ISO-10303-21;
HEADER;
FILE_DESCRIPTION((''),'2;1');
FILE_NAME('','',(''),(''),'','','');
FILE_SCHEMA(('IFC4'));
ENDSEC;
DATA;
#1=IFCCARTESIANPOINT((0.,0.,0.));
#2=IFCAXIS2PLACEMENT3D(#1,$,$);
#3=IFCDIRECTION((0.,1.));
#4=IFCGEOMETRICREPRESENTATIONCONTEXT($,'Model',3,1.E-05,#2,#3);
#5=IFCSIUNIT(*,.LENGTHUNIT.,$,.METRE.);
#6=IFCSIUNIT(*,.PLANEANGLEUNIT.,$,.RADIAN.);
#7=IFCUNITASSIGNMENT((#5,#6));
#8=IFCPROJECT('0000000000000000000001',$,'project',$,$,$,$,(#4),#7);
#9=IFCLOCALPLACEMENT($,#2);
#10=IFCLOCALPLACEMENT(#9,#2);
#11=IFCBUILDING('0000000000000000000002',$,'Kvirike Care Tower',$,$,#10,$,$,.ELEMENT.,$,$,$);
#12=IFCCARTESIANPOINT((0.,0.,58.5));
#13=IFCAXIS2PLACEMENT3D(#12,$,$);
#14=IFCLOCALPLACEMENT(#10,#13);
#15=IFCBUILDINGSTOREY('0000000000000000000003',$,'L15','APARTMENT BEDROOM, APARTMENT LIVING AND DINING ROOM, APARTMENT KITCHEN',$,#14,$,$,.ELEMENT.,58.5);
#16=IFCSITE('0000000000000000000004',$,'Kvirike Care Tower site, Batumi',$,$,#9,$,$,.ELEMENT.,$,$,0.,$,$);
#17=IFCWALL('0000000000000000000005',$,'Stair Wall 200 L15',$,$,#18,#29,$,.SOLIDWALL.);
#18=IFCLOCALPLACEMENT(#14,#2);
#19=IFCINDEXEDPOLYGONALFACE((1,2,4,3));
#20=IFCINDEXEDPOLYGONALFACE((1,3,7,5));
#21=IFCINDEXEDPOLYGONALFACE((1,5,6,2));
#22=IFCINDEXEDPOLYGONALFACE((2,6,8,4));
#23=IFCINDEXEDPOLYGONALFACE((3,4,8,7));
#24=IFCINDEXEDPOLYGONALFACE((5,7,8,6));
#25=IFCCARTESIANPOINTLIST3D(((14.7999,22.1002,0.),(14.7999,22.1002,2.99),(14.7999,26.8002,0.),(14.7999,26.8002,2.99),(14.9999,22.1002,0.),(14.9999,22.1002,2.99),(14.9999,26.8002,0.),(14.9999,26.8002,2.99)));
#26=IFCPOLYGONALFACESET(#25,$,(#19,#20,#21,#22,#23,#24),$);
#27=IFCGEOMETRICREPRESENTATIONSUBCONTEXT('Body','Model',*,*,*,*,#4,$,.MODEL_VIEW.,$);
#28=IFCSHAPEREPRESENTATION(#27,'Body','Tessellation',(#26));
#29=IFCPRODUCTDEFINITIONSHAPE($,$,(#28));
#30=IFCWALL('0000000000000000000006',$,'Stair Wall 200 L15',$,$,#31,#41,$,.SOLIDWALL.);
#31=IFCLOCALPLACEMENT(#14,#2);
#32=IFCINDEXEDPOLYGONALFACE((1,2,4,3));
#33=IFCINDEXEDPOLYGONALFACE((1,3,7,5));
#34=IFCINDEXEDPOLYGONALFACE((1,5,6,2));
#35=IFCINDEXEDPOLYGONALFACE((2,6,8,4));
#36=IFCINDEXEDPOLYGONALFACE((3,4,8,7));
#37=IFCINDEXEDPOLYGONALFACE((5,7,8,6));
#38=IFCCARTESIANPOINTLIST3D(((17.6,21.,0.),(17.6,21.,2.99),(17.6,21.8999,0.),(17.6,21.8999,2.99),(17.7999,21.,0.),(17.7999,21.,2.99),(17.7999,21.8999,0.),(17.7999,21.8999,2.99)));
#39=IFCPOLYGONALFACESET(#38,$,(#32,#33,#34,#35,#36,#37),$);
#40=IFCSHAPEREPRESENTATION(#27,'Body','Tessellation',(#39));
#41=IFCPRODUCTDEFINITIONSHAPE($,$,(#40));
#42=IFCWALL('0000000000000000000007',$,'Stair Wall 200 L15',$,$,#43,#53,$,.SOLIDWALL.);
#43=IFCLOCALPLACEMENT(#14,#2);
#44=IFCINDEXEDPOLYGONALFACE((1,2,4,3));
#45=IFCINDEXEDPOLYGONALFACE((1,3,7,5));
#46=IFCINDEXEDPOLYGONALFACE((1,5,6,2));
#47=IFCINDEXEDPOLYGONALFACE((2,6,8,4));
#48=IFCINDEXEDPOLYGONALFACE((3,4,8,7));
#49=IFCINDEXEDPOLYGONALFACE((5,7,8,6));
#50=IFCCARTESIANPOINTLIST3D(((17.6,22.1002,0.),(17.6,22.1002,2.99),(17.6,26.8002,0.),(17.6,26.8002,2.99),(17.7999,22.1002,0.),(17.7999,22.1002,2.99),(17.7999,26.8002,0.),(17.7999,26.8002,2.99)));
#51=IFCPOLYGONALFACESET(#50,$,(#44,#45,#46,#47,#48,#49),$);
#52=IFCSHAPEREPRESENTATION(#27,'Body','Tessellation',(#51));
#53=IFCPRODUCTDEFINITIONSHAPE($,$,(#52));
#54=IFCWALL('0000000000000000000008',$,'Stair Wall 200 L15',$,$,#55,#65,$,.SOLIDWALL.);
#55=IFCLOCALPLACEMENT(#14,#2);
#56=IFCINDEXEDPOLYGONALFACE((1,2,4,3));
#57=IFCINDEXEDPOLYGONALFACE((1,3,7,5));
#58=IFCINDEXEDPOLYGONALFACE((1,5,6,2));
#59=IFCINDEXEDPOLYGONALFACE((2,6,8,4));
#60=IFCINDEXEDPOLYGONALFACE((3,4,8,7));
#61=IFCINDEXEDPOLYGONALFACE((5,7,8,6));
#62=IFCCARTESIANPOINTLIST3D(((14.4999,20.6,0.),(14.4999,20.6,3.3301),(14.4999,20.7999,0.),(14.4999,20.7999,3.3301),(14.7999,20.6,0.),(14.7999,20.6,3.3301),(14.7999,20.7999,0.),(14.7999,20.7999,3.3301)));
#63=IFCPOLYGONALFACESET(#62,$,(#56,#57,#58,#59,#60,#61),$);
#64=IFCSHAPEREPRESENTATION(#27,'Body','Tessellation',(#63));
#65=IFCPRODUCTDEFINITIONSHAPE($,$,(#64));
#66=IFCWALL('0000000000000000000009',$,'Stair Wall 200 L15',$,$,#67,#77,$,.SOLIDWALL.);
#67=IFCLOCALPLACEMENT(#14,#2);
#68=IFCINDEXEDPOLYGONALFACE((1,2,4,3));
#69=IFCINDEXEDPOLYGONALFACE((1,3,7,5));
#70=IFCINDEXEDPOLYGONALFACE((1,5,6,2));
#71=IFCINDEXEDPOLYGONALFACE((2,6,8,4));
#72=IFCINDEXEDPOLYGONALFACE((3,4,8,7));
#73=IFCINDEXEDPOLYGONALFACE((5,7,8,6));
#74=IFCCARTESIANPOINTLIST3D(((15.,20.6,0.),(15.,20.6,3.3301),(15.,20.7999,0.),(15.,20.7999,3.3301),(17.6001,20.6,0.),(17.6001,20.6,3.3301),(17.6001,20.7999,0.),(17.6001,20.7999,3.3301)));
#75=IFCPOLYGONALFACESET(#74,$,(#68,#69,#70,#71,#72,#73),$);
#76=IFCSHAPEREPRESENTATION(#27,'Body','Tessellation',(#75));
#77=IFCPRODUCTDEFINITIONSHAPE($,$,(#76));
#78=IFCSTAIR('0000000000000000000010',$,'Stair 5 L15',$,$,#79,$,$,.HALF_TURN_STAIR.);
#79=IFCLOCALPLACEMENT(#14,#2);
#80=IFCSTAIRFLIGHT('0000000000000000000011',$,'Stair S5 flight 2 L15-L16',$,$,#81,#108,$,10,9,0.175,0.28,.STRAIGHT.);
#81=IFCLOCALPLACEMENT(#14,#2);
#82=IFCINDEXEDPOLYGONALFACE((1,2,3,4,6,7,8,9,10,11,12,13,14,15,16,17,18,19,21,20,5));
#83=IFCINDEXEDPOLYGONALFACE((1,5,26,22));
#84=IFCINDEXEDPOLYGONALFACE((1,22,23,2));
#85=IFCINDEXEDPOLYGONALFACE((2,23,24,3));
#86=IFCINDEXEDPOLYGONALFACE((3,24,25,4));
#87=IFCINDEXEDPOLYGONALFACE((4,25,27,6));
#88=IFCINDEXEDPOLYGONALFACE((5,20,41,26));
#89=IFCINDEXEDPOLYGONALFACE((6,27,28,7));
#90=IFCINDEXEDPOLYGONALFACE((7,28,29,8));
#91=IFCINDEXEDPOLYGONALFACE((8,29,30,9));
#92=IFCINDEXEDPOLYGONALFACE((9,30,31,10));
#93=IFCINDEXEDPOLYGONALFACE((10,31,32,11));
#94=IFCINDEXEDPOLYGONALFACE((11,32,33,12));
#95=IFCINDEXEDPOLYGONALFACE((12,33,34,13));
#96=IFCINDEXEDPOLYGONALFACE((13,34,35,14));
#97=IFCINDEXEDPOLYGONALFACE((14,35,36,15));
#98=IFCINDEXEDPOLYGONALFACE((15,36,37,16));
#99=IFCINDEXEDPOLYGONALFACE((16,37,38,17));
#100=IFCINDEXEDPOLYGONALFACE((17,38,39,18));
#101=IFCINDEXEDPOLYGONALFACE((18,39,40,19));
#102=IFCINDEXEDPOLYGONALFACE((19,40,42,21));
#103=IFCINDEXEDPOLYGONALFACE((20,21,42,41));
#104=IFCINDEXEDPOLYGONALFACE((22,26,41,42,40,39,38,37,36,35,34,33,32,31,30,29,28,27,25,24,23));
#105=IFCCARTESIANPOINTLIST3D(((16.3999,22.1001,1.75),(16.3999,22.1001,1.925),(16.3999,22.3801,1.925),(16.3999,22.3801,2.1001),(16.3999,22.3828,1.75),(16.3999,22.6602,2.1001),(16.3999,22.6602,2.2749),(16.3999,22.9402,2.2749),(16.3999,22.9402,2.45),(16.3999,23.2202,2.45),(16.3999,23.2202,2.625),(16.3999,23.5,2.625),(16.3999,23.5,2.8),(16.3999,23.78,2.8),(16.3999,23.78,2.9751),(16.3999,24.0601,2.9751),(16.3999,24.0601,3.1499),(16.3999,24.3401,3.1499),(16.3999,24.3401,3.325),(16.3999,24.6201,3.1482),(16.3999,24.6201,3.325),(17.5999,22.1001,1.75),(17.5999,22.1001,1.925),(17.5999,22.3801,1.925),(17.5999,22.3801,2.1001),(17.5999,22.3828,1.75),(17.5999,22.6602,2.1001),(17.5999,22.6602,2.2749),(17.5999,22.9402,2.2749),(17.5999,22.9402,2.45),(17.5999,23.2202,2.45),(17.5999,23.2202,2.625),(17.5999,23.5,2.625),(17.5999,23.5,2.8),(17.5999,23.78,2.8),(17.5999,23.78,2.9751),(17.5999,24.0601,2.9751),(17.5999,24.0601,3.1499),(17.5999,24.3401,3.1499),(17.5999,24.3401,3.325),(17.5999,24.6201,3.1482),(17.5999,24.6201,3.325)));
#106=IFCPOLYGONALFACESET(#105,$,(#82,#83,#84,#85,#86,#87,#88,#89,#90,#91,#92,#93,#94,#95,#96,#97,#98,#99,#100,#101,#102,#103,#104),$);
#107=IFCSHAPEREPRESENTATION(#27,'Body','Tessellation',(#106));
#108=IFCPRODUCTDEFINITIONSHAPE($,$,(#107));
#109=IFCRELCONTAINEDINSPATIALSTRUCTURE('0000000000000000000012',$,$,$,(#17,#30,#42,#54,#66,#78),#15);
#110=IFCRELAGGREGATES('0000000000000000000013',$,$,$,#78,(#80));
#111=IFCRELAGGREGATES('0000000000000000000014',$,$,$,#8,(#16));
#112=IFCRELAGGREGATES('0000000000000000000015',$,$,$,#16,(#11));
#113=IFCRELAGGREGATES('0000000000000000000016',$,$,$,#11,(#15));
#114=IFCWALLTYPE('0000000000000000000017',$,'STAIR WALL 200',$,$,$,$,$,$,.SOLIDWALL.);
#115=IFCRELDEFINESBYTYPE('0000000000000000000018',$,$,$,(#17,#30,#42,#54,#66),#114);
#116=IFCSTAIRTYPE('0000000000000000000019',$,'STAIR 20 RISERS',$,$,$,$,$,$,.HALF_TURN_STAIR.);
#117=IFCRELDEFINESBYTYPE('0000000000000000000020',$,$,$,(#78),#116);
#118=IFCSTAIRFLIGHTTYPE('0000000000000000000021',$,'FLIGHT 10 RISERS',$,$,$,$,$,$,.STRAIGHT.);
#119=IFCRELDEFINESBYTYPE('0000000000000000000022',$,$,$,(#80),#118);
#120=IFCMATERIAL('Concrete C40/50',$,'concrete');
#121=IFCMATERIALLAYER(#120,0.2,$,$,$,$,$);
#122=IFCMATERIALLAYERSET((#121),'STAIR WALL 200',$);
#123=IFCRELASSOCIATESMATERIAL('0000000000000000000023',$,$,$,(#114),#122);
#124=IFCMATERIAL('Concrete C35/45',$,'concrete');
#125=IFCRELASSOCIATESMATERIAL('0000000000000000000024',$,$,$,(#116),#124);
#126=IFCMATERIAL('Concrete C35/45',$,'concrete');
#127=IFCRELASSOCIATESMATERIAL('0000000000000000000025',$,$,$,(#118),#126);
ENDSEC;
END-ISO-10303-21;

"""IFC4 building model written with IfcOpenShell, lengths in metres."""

from ifc_helpers import new_model, si_unit, direction, frame, frame_2d, origin, place, context, subcontext, project, spatial, polyline, rectangle, outline, extrude, material, layer, layer_set, type_object, element, aggregate, save


model = new_model("IFC4")

# Units and contexts
model_context = context("Model", 3, precision=1e-05, world=origin(), true_north=direction((0.0, 1.0)))
body_context = subcontext(model_context, "Body", "Model", "MODEL_VIEW")
ifc_project = project(units=[si_unit("LENGTHUNIT", "METRE"), si_unit("PLANEANGLEUNIT", "RADIAN")], contexts=[model_context])

# Site, building, storey
site_placement = place(None, origin())
site = spatial("IfcSite", under=ifc_project, at=site_placement, Name="Kvirike Care Tower site, Batumi", CompositionType="ELEMENT", RefElevation=0.0)
building_placement = place(site_placement, origin())
building = spatial("IfcBuilding", under=site, at=building_placement, Name="Kvirike Care Tower", CompositionType="ELEMENT")
storey_placement = place(building_placement, frame((0.0, 0.0, 58.5)))
storey = spatial("IfcBuildingStorey", under=building, at=storey_placement, Name="L15", Description="APARTMENT BEDROOM, APARTMENT LIVING AND DINING ROOM, APARTMENT KITCHEN", CompositionType="ELEMENT", Elevation=58.5)

# Walls
ifc_material_1 = material(Name="Concrete C40/50", Category="concrete")
ifc_layer_1 = layer(ifc_material_1, 0.2)
ifc_layer_set_1 = layer_set([ifc_layer_1], Name="STAIR WALL 200")
wall_type_1 = type_object("IfcWallType", Name="STAIR WALL 200", PredefinedType="SOLIDWALL", material=ifc_layer_set_1)
wall_1_placement = place(storey_placement, frame((14.8999, 22.1001, 0.0), z_axis=(0.0, 0.0, 1.0), x_axis=(0.0, 1.0, 0.0)))
element("IfcWall", 1, at=wall_1_placement, inside=storey, type_object=wall_type_1, Name="Stair Wall 200 L15", PredefinedType="SOLIDWALL", context=body_context, shape_type="SweptSolid", body=[
    extrude(rectangle(XDim=4.7, YDim=0.2, at=frame_2d((2.3501, 0.0))), origin(), (0.0, 0.0, 1.0), 2.99),
])
wall_2_placement = place(storey_placement, frame((17.7, 21.0, 0.0), z_axis=(0.0, 0.0, 1.0), x_axis=(0.0, 1.0, 0.0)))
element("IfcWall", 2, at=wall_2_placement, inside=storey, type_object=wall_type_1, Name="Stair Wall 200 L15", PredefinedType="SOLIDWALL", context=body_context, shape_type="SweptSolid", body=[
    extrude(rectangle(XDim=0.8999, YDim=0.2, at=frame_2d((0.45, 0.0))), origin(), (0.0, 0.0, 1.0), 2.99),
])
wall_3_placement = place(storey_placement, frame((17.7, 22.1001, 0.0), z_axis=(0.0, 0.0, 1.0), x_axis=(0.0, 1.0, 0.0)))
element("IfcWall", 3, at=wall_3_placement, inside=storey, type_object=wall_type_1, Name="Stair Wall 200 L15", PredefinedType="SOLIDWALL", context=body_context, shape_type="SweptSolid", body=[
    extrude(rectangle(XDim=4.7, YDim=0.2, at=frame_2d((2.3501, 0.0))), origin(), (0.0, 0.0, 1.0), 2.99),
])
wall_4_placement = place(storey_placement, frame((14.5, 20.7, 0.0), z_axis=(0.0, 0.0, 1.0), x_axis=(1.0, 0.0, 0.0)))
element("IfcWall", 4, at=wall_4_placement, inside=storey, type_object=wall_type_1, Name="Stair Wall 200 L15", PredefinedType="SOLIDWALL", context=body_context, shape_type="SweptSolid", body=[
    extrude(rectangle(XDim=0.3, YDim=0.2, at=frame_2d((0.1499, 0.0))), origin(), (0.0, 0.0, 1.0), 3.3301),
])
wall_5_placement = place(storey_placement, frame((15.0, 20.7, 0.0), z_axis=(0.0, 0.0, 1.0), x_axis=(1.0, 0.0, 0.0)))
element("IfcWall", 5, at=wall_5_placement, inside=storey, type_object=wall_type_1, Name="Stair Wall 200 L15", PredefinedType="SOLIDWALL", context=body_context, shape_type="SweptSolid", body=[
    extrude(rectangle(XDim=2.6001, YDim=0.2, at=frame_2d((1.3, 0.0))), origin(), (0.0, 0.0, 1.0), 3.3301),
])

# Stair, stair flight
ifc_material_2 = material(Name="Concrete C35/45", Category="concrete")
stair_type = type_object("IfcStairType", Name="STAIR 20 RISERS", PredefinedType="HALF_TURN_STAIR", material=ifc_material_2)
stair_placement = place(storey_placement, origin())
stair = element("IfcStair", 6, at=stair_placement, inside=storey, type_object=stair_type, Name="Stair 5 L15", PredefinedType="HALF_TURN_STAIR")
ifc_material_3 = material(Name="Concrete C35/45", Category="concrete")
stair_flight_type = type_object("IfcStairFlightType", Name="FLIGHT 10 RISERS", PredefinedType="STRAIGHT", material=ifc_material_3)
stair_flight_placement = place(storey_placement, frame((17.0, 22.1001, 1.75), z_axis=(0.0, 0.0, 1.0), x_axis=(0.0, 1.0, 0.0)))
stair_flight = element("IfcStairFlight", 7, at=stair_flight_placement, type_object=stair_flight_type, Name="Stair S5 flight 2 L15-L16", NumberOfRisers=10, NumberOfTreads=9, PredefinedType="STRAIGHT", RiserHeight=0.175, TreadLength=0.28, context=body_context, shape_type="SweptSolid", body=[
    extrude(outline(polyline([(0.0, 0.0), (0.0, 0.175), (0.28, 0.175), (0.28, 0.3501), (0.5601, 0.3501), (0.5601, 0.5249), (0.8401, 0.5249), (0.8401, 0.7), (1.1201, 0.7), (1.1201, 0.875), (1.3999, 0.875), (1.3999, 1.05), (1.6799, 1.05), (1.6799, 1.2251), (1.96, 1.2251), (1.96, 1.3999), (2.24, 1.3999), (2.24, 1.575), (2.52, 1.575), (2.52, 1.75), (2.52, 1.3982), (0.2827, 0.0), (0.0, 0.0)])), frame((0.0, 0.6001, 0.0), z_axis=(0.0, -1.0, 0.0), x_axis=(1.0, 0.0, 0.0)), (0.0, 0.0, 1.0), 1.2),
])
aggregate(stair, [stair_flight])

save(model, "model.ifc")
